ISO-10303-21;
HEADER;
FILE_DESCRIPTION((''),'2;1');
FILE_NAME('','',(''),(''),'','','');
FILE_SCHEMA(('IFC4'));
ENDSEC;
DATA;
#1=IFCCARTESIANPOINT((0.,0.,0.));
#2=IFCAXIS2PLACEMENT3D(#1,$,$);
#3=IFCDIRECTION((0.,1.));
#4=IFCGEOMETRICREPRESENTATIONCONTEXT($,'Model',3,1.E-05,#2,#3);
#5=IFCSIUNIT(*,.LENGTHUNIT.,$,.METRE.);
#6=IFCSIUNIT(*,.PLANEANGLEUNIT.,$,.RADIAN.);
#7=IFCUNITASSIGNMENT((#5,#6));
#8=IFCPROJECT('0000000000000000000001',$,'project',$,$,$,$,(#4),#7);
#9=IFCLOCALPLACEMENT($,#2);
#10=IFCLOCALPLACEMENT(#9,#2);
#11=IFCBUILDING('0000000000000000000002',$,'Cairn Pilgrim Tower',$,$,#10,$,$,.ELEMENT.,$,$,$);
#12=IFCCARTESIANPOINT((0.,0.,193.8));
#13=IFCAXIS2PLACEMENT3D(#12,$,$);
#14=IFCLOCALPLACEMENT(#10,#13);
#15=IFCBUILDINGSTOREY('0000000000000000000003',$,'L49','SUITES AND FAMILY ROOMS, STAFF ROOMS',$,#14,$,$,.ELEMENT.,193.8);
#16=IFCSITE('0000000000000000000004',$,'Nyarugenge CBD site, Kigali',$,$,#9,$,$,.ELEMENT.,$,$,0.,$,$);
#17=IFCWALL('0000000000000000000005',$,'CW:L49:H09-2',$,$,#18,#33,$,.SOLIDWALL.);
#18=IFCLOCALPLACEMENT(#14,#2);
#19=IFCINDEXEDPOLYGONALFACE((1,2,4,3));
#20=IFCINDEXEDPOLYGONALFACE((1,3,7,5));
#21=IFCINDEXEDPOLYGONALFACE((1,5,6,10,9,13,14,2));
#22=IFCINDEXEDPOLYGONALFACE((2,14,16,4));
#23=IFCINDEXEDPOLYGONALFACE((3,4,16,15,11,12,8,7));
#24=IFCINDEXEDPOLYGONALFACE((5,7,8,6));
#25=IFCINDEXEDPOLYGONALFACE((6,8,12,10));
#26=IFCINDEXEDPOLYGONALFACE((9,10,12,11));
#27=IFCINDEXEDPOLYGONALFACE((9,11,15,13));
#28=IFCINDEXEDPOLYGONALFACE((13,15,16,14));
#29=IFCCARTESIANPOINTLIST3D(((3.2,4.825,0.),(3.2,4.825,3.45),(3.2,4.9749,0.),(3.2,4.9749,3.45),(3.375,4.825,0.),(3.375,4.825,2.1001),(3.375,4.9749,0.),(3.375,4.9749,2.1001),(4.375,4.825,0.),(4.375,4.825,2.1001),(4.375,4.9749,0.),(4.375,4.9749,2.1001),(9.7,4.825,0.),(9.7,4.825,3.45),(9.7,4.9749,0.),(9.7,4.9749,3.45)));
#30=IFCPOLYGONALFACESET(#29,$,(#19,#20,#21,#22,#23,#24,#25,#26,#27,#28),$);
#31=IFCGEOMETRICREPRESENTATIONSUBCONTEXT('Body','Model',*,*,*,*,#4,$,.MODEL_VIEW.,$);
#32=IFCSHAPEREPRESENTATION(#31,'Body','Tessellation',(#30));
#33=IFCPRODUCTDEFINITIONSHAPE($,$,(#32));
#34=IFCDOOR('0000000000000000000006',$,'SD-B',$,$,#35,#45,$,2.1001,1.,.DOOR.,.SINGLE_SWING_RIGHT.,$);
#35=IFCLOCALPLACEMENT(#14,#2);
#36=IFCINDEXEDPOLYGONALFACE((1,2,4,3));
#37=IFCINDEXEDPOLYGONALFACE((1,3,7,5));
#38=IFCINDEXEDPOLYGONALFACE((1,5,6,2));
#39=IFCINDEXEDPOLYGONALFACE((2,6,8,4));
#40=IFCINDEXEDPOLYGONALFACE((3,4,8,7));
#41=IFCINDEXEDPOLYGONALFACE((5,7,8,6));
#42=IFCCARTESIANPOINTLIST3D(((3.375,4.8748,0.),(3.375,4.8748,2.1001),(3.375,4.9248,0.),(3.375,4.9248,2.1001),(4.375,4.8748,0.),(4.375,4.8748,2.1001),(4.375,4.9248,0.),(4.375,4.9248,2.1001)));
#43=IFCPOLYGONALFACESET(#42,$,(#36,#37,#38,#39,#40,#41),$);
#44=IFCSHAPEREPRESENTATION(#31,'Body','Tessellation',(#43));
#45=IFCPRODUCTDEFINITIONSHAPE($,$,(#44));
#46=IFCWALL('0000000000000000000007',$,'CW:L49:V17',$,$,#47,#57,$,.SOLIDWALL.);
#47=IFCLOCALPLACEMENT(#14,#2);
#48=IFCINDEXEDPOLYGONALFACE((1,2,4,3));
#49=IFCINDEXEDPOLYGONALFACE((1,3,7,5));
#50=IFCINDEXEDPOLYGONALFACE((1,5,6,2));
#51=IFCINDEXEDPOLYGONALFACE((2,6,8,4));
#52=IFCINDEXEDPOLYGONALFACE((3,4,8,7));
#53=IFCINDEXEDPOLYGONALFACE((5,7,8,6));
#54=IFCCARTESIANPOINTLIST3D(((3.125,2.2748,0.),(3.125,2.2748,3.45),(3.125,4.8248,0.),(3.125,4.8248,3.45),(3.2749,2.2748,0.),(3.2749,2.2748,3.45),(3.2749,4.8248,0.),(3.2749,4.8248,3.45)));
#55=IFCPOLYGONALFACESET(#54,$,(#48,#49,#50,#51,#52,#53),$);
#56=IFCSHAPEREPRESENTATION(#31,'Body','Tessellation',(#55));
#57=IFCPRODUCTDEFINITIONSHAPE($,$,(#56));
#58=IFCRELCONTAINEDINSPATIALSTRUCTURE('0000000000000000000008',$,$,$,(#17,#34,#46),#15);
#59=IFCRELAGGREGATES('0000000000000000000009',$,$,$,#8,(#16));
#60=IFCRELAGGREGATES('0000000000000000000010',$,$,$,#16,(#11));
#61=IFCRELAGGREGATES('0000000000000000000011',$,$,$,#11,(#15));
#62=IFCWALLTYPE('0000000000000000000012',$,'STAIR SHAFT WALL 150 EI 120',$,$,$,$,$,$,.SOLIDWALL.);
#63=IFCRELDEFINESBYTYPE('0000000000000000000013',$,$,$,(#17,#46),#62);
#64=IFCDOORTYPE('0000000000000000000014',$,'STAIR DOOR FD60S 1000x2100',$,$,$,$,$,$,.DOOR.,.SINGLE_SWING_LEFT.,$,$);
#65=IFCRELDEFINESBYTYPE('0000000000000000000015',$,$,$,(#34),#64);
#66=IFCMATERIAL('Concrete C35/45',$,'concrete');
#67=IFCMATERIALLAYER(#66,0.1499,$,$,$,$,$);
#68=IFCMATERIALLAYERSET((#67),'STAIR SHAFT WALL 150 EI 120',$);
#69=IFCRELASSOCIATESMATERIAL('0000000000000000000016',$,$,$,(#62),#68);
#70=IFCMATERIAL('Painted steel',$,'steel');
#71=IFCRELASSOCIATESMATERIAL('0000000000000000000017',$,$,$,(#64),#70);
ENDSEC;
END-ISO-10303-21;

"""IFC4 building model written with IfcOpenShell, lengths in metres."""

from ifc_helpers import new_model, si_unit, direction, frame, frame_2d, origin, place, context, subcontext, project, spatial, rectangle, extrude, material, layer, layer_set, type_object, element, fill, save


model = new_model("IFC4")

# Units and contexts
model_context = context("Model", 3, precision=1e-05, world=origin(), true_north=direction((0.0, 1.0)))
body_context = subcontext(model_context, "Body", "Model", "MODEL_VIEW")
ifc_project = project(units=[si_unit("LENGTHUNIT", "METRE"), si_unit("PLANEANGLEUNIT", "RADIAN")], contexts=[model_context])

# Site, building, storey
site_placement = place(None, origin())
site = spatial("IfcSite", under=ifc_project, at=site_placement, Name="Nyarugenge CBD site, Kigali", CompositionType="ELEMENT", RefElevation=0.0)
building_placement = place(site_placement, origin())
building = spatial("IfcBuilding", under=site, at=building_placement, Name="Cairn Pilgrim Tower", CompositionType="ELEMENT")
storey_placement = place(building_placement, frame((0.0, 0.0, 193.8)))
storey = spatial("IfcBuildingStorey", under=building, at=storey_placement, Name="L49", Description="SUITES AND FAMILY ROOMS, STAFF ROOMS", CompositionType="ELEMENT", Elevation=193.8)

# Shared definitions
ifc_material_1 = material(Name="Concrete C35/45", Category="concrete")
ifc_layer_1 = layer(ifc_material_1, 0.1499)
ifc_layer_set_1 = layer_set([ifc_layer_1], Name="STAIR SHAFT WALL 150 EI 120")
wall_type_1 = type_object("IfcWallType", Name="STAIR SHAFT WALL 150 EI 120", PredefinedType="SOLIDWALL", material=ifc_layer_set_1)

# Wall, opening, door
wall_1_placement = place(storey_placement, frame((3.2, 4.8999, 0.0), z_axis=(0.0, 0.0, 1.0), x_axis=(1.0, 0.0, 0.0)))
wall_1 = element("IfcWall", 1, at=wall_1_placement, inside=storey, type_object=wall_type_1, Name="CW:L49:H09-2", PredefinedType="SOLIDWALL", context=body_context, shape_type="SweptSolid", body=[
    extrude(rectangle(XDim=6.5, YDim=0.1499, at=frame_2d((3.25, 0.0))), origin(), (0.0, 0.0, 1.0), 3.45),
])
opening_1_placement = place(wall_1_placement, frame((0.175, 0.0, 0.0)))
opening_1 = element("IfcOpeningElement", 2, at=opening_1_placement, cuts=wall_1, PredefinedType="OPENING", context=body_context, shape_type="SweptSolid", body=[
    extrude(rectangle(XDim=1.0, YDim=2.1001, at=frame_2d((0.5, 1.05))), frame((0.0, 0.085, 0.0), z_axis=(0.0, -1.0, 0.0), x_axis=(1.0, 0.0, 0.0)), (0.0, 0.0, 1.0), 0.1699),
])
ifc_material_2 = material(Name="Painted steel", Category="steel")
door_type_1 = type_object("IfcDoorType", Name="STAIR DOOR FD60S 1000x2100", OperationType="SINGLE_SWING_LEFT", PredefinedType="DOOR", material=ifc_material_2)
door_1_placement = place(opening_1_placement, origin())
door_1 = element("IfcDoor", 3, at=door_1_placement, inside=storey, type_object=door_type_1, Name="SD-B", OperationType="SINGLE_SWING_RIGHT", OverallHeight=2.1001, OverallWidth=1.0, PredefinedType="DOOR", context=body_context, shape_type="SweptSolid", body=[
    extrude(rectangle(XDim=1.0, YDim=2.1001, at=frame_2d((0.5, 1.05))), frame((0.0, 0.0249, 0.0), z_axis=(0.0, -1.0, 0.0), x_axis=(1.0, 0.0, 0.0)), (0.0, 0.0, 1.0), 0.05),
])
fill(opening_1, door_1)

# Wall
wall_2_placement = place(storey_placement, frame((3.2, 2.2749, 0.0), z_axis=(0.0, 0.0, 1.0), x_axis=(0.0, 1.0, 0.0)))
element("IfcWall", 4, at=wall_2_placement, inside=storey, type_object=wall_type_1, Name="CW:L49:V17", PredefinedType="SOLIDWALL", context=body_context, shape_type="SweptSolid", body=[
    extrude(rectangle(XDim=2.55, YDim=0.1499, at=frame_2d((1.2749, 0.0))), origin(), (0.0, 0.0, 1.0), 3.45),
])

save(model, "model.ifc")
